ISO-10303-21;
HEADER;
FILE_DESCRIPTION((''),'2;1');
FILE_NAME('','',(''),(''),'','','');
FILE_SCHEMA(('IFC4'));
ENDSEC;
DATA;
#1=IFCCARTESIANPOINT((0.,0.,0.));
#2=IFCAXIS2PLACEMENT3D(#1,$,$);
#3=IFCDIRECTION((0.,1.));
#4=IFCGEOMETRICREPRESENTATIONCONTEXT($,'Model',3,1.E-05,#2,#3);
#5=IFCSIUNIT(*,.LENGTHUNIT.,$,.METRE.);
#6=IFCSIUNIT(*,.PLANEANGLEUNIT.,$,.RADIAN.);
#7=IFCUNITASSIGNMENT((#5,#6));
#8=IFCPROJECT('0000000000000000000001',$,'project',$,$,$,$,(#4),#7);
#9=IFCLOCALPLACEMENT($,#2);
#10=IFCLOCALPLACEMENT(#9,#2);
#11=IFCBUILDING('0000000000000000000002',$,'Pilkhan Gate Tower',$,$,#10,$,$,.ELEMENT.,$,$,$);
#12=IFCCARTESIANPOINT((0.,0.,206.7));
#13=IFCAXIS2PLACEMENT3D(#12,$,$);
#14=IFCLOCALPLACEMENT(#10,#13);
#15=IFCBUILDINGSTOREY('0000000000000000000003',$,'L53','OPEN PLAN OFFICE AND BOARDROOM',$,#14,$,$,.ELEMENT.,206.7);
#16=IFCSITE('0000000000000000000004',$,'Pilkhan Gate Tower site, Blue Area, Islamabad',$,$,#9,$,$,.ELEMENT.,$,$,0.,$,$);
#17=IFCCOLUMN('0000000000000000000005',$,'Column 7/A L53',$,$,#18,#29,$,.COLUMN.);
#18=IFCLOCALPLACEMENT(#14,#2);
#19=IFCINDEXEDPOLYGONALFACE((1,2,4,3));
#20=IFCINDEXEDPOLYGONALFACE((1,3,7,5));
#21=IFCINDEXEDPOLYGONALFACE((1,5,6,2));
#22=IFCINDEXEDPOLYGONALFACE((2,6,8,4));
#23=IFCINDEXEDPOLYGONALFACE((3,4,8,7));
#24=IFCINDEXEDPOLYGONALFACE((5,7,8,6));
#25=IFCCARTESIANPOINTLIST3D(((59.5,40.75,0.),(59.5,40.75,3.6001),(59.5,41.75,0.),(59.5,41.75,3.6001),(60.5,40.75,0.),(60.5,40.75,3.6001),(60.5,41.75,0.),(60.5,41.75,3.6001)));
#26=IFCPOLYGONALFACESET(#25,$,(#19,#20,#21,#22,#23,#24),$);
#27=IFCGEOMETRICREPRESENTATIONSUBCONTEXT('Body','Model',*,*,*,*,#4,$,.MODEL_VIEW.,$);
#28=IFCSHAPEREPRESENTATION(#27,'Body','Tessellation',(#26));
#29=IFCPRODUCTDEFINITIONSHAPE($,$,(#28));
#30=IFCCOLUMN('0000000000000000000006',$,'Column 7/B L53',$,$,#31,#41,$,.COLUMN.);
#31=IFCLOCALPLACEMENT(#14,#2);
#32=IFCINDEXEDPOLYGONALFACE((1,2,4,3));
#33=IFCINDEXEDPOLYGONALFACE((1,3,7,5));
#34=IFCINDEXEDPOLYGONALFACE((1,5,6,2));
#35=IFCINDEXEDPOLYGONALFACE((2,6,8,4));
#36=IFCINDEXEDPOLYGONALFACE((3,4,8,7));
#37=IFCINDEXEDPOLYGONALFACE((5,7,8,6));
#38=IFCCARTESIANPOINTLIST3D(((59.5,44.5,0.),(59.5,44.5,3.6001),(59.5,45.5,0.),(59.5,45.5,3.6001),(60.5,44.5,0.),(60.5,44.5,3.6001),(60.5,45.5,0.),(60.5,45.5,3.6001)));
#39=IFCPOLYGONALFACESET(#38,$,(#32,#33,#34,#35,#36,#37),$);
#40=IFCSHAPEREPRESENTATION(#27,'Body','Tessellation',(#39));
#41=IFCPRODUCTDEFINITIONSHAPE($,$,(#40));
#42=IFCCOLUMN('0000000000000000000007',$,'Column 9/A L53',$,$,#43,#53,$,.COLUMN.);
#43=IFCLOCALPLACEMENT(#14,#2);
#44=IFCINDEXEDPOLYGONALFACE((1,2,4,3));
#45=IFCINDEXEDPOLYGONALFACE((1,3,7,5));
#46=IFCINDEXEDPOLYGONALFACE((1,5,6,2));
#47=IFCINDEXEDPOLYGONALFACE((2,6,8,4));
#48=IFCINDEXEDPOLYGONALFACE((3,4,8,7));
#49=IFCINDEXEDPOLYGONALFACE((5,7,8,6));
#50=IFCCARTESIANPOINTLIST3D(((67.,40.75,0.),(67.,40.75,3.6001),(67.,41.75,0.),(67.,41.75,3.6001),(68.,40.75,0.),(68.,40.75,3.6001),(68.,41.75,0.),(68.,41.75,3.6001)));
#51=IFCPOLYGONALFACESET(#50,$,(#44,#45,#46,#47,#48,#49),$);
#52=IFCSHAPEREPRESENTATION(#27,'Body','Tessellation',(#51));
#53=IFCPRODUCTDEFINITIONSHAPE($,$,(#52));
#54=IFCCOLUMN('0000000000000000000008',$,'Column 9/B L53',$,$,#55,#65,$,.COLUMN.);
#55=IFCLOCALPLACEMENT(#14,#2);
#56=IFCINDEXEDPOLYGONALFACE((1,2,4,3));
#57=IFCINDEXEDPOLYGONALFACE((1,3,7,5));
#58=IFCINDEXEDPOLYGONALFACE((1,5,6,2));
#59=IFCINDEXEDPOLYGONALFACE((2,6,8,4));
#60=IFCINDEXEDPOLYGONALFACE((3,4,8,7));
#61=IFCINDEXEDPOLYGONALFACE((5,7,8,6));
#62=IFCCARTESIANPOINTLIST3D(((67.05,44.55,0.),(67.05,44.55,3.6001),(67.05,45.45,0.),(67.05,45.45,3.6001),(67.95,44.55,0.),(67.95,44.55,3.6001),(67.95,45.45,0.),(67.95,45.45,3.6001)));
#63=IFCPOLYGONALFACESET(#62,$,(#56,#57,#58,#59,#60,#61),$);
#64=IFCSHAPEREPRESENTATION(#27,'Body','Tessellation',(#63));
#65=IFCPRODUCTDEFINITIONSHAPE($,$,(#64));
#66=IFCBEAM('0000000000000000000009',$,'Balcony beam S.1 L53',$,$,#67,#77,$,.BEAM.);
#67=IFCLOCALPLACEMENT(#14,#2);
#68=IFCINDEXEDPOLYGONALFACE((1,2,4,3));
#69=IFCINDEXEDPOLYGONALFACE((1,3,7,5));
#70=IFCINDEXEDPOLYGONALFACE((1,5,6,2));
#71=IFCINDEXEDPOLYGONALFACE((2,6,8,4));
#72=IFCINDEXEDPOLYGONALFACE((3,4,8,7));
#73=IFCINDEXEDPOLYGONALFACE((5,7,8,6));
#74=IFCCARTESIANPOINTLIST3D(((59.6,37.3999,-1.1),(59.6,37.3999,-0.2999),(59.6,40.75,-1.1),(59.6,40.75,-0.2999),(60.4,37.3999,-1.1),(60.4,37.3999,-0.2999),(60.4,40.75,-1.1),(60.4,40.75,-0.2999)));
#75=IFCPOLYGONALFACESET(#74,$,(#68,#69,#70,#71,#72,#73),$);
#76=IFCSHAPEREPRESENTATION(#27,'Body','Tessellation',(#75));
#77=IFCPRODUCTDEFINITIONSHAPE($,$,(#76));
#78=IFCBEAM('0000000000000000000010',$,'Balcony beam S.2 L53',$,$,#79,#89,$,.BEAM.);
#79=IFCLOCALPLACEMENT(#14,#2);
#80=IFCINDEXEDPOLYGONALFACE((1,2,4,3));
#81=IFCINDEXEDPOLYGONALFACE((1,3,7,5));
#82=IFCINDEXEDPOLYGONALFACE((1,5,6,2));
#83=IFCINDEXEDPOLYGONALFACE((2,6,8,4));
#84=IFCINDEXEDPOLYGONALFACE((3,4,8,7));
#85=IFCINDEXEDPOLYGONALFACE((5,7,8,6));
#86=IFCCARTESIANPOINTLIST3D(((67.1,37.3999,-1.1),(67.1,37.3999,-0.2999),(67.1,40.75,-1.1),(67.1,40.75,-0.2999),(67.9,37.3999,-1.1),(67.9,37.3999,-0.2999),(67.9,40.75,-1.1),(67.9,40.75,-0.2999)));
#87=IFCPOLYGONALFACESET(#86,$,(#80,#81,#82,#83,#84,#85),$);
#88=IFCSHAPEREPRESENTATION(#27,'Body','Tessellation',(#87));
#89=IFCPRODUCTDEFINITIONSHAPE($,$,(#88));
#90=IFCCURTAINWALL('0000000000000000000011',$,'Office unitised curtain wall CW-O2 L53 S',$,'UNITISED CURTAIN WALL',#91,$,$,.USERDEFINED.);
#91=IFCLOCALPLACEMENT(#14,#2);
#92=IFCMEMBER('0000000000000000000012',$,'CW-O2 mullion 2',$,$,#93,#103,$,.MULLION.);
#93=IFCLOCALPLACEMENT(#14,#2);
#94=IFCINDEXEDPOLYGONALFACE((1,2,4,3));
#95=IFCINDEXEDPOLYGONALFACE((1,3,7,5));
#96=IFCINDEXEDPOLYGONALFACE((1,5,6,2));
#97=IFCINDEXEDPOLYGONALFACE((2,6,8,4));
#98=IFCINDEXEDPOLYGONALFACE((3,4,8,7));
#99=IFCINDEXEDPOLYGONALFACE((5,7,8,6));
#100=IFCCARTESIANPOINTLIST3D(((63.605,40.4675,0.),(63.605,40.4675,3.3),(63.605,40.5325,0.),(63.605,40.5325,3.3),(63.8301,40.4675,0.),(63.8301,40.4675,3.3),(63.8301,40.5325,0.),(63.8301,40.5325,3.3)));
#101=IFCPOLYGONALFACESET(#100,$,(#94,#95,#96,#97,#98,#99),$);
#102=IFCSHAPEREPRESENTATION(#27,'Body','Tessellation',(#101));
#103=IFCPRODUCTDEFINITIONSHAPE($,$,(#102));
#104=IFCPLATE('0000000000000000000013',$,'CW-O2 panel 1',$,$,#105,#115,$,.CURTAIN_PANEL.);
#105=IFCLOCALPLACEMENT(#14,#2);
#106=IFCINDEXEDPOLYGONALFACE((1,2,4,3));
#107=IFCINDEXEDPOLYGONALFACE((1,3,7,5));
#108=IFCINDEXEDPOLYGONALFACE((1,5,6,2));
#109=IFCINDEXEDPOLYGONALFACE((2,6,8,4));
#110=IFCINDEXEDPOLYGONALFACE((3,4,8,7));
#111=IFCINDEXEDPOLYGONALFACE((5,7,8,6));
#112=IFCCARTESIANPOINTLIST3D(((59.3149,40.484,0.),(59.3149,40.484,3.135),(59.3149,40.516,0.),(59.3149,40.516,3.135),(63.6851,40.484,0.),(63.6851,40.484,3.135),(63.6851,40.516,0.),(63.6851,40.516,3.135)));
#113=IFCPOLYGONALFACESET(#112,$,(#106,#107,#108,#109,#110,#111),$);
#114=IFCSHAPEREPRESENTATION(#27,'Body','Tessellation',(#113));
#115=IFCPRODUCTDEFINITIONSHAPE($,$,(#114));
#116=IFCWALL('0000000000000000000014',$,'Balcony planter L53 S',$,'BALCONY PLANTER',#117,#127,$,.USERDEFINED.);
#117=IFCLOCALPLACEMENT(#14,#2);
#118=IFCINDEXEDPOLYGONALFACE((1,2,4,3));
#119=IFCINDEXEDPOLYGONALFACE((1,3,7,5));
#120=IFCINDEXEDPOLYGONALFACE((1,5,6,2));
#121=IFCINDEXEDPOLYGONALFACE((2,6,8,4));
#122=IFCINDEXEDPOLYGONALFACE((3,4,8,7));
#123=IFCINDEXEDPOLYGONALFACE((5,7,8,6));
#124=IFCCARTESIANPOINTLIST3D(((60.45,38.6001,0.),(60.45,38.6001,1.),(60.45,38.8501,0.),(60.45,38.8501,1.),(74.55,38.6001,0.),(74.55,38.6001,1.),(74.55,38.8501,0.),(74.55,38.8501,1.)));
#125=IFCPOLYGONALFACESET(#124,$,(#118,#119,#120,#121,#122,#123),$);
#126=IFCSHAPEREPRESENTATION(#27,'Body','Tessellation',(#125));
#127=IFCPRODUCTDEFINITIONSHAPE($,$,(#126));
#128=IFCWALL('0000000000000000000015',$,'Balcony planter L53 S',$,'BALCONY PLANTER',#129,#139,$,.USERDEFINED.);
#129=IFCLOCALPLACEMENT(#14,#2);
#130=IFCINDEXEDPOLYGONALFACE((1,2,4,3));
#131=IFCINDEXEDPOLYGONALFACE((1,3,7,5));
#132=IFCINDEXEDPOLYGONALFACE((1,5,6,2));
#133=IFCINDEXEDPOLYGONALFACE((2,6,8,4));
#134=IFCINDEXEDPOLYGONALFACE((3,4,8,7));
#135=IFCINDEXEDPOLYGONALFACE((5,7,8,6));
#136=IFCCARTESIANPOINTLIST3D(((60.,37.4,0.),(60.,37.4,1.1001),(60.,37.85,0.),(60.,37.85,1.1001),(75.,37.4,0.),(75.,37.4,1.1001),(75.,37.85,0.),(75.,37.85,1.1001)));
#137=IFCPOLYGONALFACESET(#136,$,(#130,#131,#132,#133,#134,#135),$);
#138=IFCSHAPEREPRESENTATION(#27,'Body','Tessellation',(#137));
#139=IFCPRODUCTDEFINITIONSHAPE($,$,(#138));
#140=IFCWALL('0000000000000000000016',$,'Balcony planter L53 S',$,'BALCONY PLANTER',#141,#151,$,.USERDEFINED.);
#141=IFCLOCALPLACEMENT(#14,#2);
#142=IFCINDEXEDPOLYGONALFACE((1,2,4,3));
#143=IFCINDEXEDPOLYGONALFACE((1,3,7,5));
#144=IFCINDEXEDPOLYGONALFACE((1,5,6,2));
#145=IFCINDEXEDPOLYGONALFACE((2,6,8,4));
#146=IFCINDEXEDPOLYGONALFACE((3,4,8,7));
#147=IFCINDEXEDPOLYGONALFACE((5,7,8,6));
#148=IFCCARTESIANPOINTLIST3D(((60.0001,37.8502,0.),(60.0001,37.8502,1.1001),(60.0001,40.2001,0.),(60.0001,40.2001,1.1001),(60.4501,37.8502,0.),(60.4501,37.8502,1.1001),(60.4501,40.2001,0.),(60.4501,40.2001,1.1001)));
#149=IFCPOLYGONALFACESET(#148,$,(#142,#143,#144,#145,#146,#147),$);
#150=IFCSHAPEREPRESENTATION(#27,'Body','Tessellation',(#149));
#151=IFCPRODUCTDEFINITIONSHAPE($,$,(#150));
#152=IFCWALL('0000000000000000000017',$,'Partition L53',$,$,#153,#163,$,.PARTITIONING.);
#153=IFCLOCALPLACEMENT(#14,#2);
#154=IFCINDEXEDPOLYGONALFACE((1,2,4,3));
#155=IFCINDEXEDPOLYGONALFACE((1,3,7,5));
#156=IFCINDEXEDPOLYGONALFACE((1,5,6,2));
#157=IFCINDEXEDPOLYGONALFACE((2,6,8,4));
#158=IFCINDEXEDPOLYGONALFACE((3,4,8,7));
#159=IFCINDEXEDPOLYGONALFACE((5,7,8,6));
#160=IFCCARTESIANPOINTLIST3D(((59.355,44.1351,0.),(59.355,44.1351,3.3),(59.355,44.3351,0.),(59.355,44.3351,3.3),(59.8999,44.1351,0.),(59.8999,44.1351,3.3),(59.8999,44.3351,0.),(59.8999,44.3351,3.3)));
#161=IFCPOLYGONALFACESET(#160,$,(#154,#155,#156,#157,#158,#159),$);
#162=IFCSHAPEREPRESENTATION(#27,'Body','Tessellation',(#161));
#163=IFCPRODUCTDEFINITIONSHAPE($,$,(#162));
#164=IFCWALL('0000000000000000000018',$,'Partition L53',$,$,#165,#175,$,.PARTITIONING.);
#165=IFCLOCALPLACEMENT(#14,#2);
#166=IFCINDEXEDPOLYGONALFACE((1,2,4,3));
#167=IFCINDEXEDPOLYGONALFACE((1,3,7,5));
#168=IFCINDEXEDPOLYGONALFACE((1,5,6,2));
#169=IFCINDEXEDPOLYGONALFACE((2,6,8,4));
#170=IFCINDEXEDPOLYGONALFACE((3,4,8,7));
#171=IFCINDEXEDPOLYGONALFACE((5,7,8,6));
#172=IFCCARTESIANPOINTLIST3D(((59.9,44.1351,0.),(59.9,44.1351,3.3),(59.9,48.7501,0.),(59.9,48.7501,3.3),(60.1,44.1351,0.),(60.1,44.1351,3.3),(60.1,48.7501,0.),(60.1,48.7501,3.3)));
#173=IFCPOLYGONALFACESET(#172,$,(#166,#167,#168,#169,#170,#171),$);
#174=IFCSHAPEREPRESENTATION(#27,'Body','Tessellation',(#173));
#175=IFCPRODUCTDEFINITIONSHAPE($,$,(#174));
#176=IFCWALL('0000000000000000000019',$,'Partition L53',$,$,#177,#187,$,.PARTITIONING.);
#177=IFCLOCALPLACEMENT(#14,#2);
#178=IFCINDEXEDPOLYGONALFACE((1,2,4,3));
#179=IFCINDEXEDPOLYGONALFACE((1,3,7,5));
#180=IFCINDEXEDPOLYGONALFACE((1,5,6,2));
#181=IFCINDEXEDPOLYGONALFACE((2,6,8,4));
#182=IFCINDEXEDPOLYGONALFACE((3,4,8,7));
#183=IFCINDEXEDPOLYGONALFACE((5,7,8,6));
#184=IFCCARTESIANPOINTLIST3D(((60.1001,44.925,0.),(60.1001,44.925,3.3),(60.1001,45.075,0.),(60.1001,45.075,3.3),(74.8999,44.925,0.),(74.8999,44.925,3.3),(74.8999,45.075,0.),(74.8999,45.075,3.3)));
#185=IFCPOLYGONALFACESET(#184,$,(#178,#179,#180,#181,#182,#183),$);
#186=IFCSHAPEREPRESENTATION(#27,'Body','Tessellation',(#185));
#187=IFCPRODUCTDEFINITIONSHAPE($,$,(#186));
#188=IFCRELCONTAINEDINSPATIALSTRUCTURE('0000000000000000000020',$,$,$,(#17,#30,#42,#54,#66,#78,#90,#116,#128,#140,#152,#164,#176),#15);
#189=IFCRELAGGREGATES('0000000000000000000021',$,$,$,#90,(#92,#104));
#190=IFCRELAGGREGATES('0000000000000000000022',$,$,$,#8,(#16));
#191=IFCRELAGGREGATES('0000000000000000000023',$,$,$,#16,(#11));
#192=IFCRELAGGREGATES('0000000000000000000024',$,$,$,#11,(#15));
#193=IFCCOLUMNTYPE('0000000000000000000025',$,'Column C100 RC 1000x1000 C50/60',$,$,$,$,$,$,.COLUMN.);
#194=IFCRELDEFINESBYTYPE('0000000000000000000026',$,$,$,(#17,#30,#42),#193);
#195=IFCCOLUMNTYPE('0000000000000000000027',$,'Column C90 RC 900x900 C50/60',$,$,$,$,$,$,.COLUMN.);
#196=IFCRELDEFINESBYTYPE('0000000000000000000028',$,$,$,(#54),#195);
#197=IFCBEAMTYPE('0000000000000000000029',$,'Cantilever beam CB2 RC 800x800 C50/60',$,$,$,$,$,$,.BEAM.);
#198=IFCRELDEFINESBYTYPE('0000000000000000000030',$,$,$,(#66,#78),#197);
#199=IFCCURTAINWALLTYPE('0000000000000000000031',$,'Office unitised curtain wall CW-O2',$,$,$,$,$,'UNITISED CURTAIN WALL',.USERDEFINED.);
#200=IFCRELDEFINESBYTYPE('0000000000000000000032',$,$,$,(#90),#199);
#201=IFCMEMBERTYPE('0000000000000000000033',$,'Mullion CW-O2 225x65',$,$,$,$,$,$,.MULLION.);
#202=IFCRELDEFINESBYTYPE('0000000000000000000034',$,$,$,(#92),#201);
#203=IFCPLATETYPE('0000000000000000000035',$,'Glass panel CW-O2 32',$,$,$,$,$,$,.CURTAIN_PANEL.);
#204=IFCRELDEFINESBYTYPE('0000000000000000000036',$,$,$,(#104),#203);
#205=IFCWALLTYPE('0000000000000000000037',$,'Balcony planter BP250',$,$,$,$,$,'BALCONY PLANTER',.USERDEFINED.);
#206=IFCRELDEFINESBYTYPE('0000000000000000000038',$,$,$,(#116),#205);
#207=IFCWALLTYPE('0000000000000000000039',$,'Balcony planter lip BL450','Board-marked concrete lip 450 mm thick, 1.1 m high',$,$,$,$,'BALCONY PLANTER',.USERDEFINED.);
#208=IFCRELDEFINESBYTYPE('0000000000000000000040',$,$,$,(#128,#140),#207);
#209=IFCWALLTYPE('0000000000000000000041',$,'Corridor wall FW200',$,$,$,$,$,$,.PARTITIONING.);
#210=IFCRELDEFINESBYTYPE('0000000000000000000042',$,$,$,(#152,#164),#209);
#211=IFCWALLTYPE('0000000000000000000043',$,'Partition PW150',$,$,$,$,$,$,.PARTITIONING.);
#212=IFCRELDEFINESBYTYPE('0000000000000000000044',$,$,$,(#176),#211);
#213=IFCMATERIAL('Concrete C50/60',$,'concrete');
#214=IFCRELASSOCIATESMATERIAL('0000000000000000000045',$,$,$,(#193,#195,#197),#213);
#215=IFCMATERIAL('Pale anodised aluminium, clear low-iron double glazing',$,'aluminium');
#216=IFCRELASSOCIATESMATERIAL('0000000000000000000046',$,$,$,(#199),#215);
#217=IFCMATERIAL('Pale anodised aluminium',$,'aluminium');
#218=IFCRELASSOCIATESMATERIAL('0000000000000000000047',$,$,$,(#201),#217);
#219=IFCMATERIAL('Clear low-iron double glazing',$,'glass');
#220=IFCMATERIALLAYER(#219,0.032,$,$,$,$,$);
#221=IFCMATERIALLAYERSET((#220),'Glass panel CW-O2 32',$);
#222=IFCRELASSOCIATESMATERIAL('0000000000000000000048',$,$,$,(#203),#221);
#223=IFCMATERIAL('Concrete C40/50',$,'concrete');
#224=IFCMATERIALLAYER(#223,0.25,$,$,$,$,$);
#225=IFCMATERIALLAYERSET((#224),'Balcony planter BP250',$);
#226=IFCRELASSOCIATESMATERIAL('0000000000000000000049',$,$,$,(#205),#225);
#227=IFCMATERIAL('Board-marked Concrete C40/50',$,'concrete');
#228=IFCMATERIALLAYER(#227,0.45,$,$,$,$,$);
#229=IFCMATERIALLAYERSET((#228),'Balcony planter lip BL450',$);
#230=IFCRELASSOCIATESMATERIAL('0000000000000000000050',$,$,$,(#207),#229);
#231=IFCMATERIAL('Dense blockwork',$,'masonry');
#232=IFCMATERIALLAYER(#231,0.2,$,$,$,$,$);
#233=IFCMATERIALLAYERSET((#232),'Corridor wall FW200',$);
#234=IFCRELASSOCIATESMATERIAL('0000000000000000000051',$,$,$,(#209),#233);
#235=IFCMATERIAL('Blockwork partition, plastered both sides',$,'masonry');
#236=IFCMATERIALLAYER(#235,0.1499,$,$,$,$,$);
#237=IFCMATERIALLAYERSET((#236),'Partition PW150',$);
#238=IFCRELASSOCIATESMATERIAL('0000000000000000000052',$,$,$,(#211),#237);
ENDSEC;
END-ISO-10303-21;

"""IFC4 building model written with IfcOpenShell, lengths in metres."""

from ifc_helpers import new_model, si_unit, direction, frame, frame_2d, origin, origin_2d, place, context, subcontext, project, spatial, rectangle, extrude, material, layer, layer_set, material_profile, profile_set, type_object, element, aggregate, save


model = new_model("IFC4")

# Units and contexts
model_context = context("Model", 3, precision=1e-05, world=origin(), true_north=direction((0.0, 1.0)))
body_context = subcontext(model_context, "Body", "Model", "MODEL_VIEW")
ifc_project = project(units=[si_unit("LENGTHUNIT", "METRE"), si_unit("PLANEANGLEUNIT", "RADIAN")], contexts=[model_context])

# Site, building, storey
site_placement = place(None, origin())
site = spatial("IfcSite", under=ifc_project, at=site_placement, Name="Pilkhan Gate Tower site, Blue Area, Islamabad", CompositionType="ELEMENT", RefElevation=0.0)
building_placement = place(site_placement, origin())
building = spatial("IfcBuilding", under=site, at=building_placement, Name="Pilkhan Gate Tower", CompositionType="ELEMENT")
storey_placement = place(building_placement, frame((0.0, 0.0, 206.7)))
storey = spatial("IfcBuildingStorey", under=building, at=storey_placement, Name="L53", Description="OPEN PLAN OFFICE AND BOARDROOM", CompositionType="ELEMENT", Elevation=206.7)

# Columns
ifc_material_1 = material(Name="Concrete C50/60", Category="concrete")
ifc_material_profile_1 = material_profile(ifc_material_1, rectangle(XDim=1.0, YDim=1.0, at=origin_2d()), Name="RC 1000x1000")
ifc_profile_set_1 = profile_set([ifc_material_profile_1], Name="Concrete C50/60")
column_type_1 = type_object("IfcColumnType", Name="Column C100 RC 1000x1000 C50/60", PredefinedType="COLUMN", material=ifc_profile_set_1)
for number, where, z_axis, x_axis, name in (
    (1, (60.0, 41.25, 0.0), (0.0, 0.0, 1.0), (1.0, 0.0, 0.0), "Column 7/A L53"),
    (2, (60.0, 45.0, 0.0), (0.0, 0.0, 1.0), (1.0, 0.0, 0.0), "Column 7/B L53"),
    (3, (67.5, 41.25, 0.0), (0.0, 0.0, 1.0), (1.0, 0.0, 0.0), "Column 9/A L53"),
):
    element("IfcColumn", number, at=place(storey_placement, frame(where, z_axis=z_axis, x_axis=x_axis)), inside=storey, type_object=column_type_1, Name=name, PredefinedType="COLUMN", context=body_context, shape_type="SweptSolid", body=[
        extrude(rectangle(XDim=1.0, YDim=1.0, at=origin_2d()), origin(), (0.0, 0.0, 1.0), 3.6001),
    ])
ifc_material_profile_2 = material_profile(ifc_material_1, rectangle(XDim=0.8999, YDim=0.8999, at=origin_2d()), Name="RC 900x900")
ifc_profile_set_2 = profile_set([ifc_material_profile_2], Name="Concrete C50/60")
column_type_2 = type_object("IfcColumnType", Name="Column C90 RC 900x900 C50/60", PredefinedType="COLUMN", material=ifc_profile_set_2)
column_placement = place(storey_placement, frame((67.5, 45.0, 0.0), z_axis=(0.0, 0.0, 1.0), x_axis=(1.0, 0.0, 0.0)))
element("IfcColumn", 4, at=column_placement, inside=storey, type_object=column_type_2, Name="Column 9/B L53", PredefinedType="COLUMN", context=body_context, shape_type="SweptSolid", body=[
    extrude(rectangle(XDim=0.8999, YDim=0.8999, at=origin_2d()), origin(), (0.0, 0.0, 1.0), 3.6001),
])

# Beams
ifc_material_profile_3 = material_profile(ifc_material_1, rectangle(XDim=0.8, YDim=0.8, at=origin_2d()), Name="RC 800x800")
ifc_profile_set_3 = profile_set([ifc_material_profile_3], Name="Concrete C50/60")
beam_type = type_object("IfcBeamType", Name="Cantilever beam CB2 RC 800x800 C50/60", PredefinedType="BEAM", material=ifc_profile_set_3)
for number, where, z_axis, x_axis, name in (
    (5, (60.0, 40.75, -0.7), (0.0, -1.0, 0.0), (1.0, 0.0, 0.0), "Balcony beam S.1 L53"),
    (6, (67.5, 40.75, -0.7), (0.0, -1.0, 0.0), (1.0, 0.0, 0.0), "Balcony beam S.2 L53"),
):
    element("IfcBeam", number, at=place(storey_placement, frame(where, z_axis=z_axis, x_axis=x_axis)), inside=storey, type_object=beam_type, Name=name, PredefinedType="BEAM", context=body_context, shape_type="SweptSolid", body=[
        extrude(rectangle(XDim=0.8, YDim=0.8, at=origin_2d()), origin(), (0.0, 0.0, 1.0), 3.3501),
    ])

# Curtain wall, member, plate
ifc_material_2 = material(Name="Pale anodised aluminium, clear low-iron double glazing", Category="aluminium")
curtain_wall_type = type_object("IfcCurtainWallType", Name="Office unitised curtain wall CW-O2", ElementType="UNITISED CURTAIN WALL", PredefinedType="USERDEFINED", material=ifc_material_2)
curtain_wall_placement = place(storey_placement, origin())
curtain_wall = element("IfcCurtainWall", 7, at=curtain_wall_placement, inside=storey, type_object=curtain_wall_type, Name="Office unitised curtain wall CW-O2 L53 S", ObjectType="UNITISED CURTAIN WALL", PredefinedType="USERDEFINED")
ifc_material_3 = material(Name="Pale anodised aluminium", Category="aluminium")
ifc_material_profile_4 = material_profile(ifc_material_3, rectangle(XDim=0.0649, YDim=0.2251, at=origin_2d()), Name="Mullion 225x65")
ifc_profile_set_4 = profile_set([ifc_material_profile_4], Name="Pale anodised aluminium")
member_type = type_object("IfcMemberType", Name="Mullion CW-O2 225x65", PredefinedType="MULLION", material=ifc_profile_set_4)
member_placement = place(storey_placement, frame((63.7175, 40.5, 0.0), z_axis=(0.0, 0.0, 1.0), x_axis=(0.0, 1.0, 0.0)))
member = element("IfcMember", 8, at=member_placement, type_object=member_type, Name="CW-O2 mullion 2", PredefinedType="MULLION", context=body_context, shape_type="SweptSolid", body=[
    extrude(rectangle(XDim=0.0649, YDim=0.2251, at=origin_2d()), origin(), (0.0, 0.0, 1.0), 3.3),
])
ifc_material_4 = material(Name="Clear low-iron double glazing", Category="glass")
ifc_layer_1 = layer(ifc_material_4, 0.032)
ifc_layer_set_1 = layer_set([ifc_layer_1], Name="Glass panel CW-O2 32")
plate_type = type_object("IfcPlateType", Name="Glass panel CW-O2 32", PredefinedType="CURTAIN_PANEL", material=ifc_layer_set_1)
plate_placement = place(storey_placement, frame((61.5, 40.5, 0.0), z_axis=(0.0, 0.0, 1.0), x_axis=(1.0, 0.0, 0.0)))
plate = element("IfcPlate", 9, at=plate_placement, type_object=plate_type, Name="CW-O2 panel 1", PredefinedType="CURTAIN_PANEL", context=body_context, shape_type="SweptSolid", body=[
    extrude(rectangle(XDim=4.3701, YDim=0.032, at=origin_2d()), origin(), (0.0, 0.0, 1.0), 3.135),
])
aggregate(curtain_wall, [member, plate])

# Walls
ifc_material_5 = material(Name="Concrete C40/50", Category="concrete")
ifc_layer_2 = layer(ifc_material_5, 0.25)
ifc_layer_set_2 = layer_set([ifc_layer_2], Name="Balcony planter BP250")
wall_type_1 = type_object("IfcWallType", Name="Balcony planter BP250", ElementType="BALCONY PLANTER", PredefinedType="USERDEFINED", material=ifc_layer_set_2)
wall_1_placement = place(storey_placement, frame((60.45, 38.7251, 0.0), z_axis=(0.0, 0.0, 1.0), x_axis=(1.0, 0.0, 0.0)))
element("IfcWall", 10, at=wall_1_placement, inside=storey, type_object=wall_type_1, Name="Balcony planter L53 S", ObjectType="BALCONY PLANTER", PredefinedType="USERDEFINED", context=body_context, shape_type="SweptSolid", body=[
    extrude(rectangle(XDim=14.1001, YDim=0.25, at=frame_2d((7.05, 0.0))), origin(), (0.0, 0.0, 1.0), 1.0),
])
ifc_material_6 = material(Name="Board-marked Concrete C40/50", Category="concrete")
ifc_layer_3 = layer(ifc_material_6, 0.45)
ifc_layer_set_3 = layer_set([ifc_layer_3], Name="Balcony planter lip BL450")
wall_type_2 = type_object("IfcWallType", Name="Balcony planter lip BL450", Description="Board-marked concrete lip 450 mm thick, 1.1 m high", ElementType="BALCONY PLANTER", PredefinedType="USERDEFINED", material=ifc_layer_set_3)
wall_2_placement = place(storey_placement, frame((60.0, 37.625, 0.0), z_axis=(0.0, 0.0, 1.0), x_axis=(1.0, 0.0, 0.0)))
element("IfcWall", 11, at=wall_2_placement, inside=storey, type_object=wall_type_2, Name="Balcony planter L53 S", ObjectType="BALCONY PLANTER", PredefinedType="USERDEFINED", context=body_context, shape_type="SweptSolid", body=[
    extrude(rectangle(XDim=15.0, YDim=0.45, at=frame_2d((7.5, 0.0))), origin(), (0.0, 0.0, 1.0), 1.1001),
])
wall_3_placement = place(storey_placement, frame((60.2251, 40.2, 0.0), z_axis=(0.0, 0.0, 1.0), x_axis=(0.0, -1.0, 0.0)))
element("IfcWall", 12, at=wall_3_placement, inside=storey, type_object=wall_type_2, Name="Balcony planter L53 S", ObjectType="BALCONY PLANTER", PredefinedType="USERDEFINED", context=body_context, shape_type="SweptSolid", body=[
    extrude(rectangle(XDim=2.3499, YDim=0.45, at=frame_2d((1.1748, 0.0))), origin(), (0.0, 0.0, 1.0), 1.1001),
])
ifc_material_7 = material(Name="Dense blockwork", Category="masonry")
ifc_layer_4 = layer(ifc_material_7, 0.2)
ifc_layer_set_4 = layer_set([ifc_layer_4], Name="Corridor wall FW200")
wall_type_3 = type_object("IfcWallType", Name="Corridor wall FW200", PredefinedType="PARTITIONING", material=ifc_layer_set_4)
wall_4_placement = place(storey_placement, frame((59.355, 44.2351, 0.0), z_axis=(0.0, 0.0, 1.0), x_axis=(1.0, 0.0, 0.0)))
element("IfcWall", 13, at=wall_4_placement, inside=storey, type_object=wall_type_3, Name="Partition L53", PredefinedType="PARTITIONING", context=body_context, shape_type="SweptSolid", body=[
    extrude(rectangle(XDim=0.5449, YDim=0.2, at=frame_2d((0.2725, 0.0))), origin(), (0.0, 0.0, 1.0), 3.3),
])
wall_5_placement = place(storey_placement, frame((60.0, 44.135, 0.0), z_axis=(0.0, 0.0, 1.0), x_axis=(0.0, 1.0, 0.0)))
element("IfcWall", 14, at=wall_5_placement, inside=storey, type_object=wall_type_3, Name="Partition L53", PredefinedType="PARTITIONING", context=body_context, shape_type="SweptSolid", body=[
    extrude(rectangle(XDim=4.615, YDim=0.2, at=frame_2d((2.3076, 0.0))), origin(), (0.0, 0.0, 1.0), 3.3),
])

# Wall
ifc_material_8 = material(Name="Blockwork partition, plastered both sides", Category="masonry")
ifc_layer_5 = layer(ifc_material_8, 0.1499)
ifc_layer_set_5 = layer_set([ifc_layer_5], Name="Partition PW150")
wall_type_4 = type_object("IfcWallType", Name="Partition PW150", PredefinedType="PARTITIONING", material=ifc_layer_set_5)
wall_6_placement = place(storey_placement, frame((60.1001, 45.0, 0.0), z_axis=(0.0, 0.0, 1.0), x_axis=(1.0, 0.0, 0.0)))
element("IfcWall", 15, at=wall_6_placement, inside=storey, type_object=wall_type_4, Name="Partition L53", PredefinedType="PARTITIONING", context=body_context, shape_type="SweptSolid", body=[
    extrude(rectangle(XDim=14.7998, YDim=0.1499, at=frame_2d((7.3999, 0.0))), origin(), (0.0, 0.0, 1.0), 3.3),
])

save(model, "model.ifc")
